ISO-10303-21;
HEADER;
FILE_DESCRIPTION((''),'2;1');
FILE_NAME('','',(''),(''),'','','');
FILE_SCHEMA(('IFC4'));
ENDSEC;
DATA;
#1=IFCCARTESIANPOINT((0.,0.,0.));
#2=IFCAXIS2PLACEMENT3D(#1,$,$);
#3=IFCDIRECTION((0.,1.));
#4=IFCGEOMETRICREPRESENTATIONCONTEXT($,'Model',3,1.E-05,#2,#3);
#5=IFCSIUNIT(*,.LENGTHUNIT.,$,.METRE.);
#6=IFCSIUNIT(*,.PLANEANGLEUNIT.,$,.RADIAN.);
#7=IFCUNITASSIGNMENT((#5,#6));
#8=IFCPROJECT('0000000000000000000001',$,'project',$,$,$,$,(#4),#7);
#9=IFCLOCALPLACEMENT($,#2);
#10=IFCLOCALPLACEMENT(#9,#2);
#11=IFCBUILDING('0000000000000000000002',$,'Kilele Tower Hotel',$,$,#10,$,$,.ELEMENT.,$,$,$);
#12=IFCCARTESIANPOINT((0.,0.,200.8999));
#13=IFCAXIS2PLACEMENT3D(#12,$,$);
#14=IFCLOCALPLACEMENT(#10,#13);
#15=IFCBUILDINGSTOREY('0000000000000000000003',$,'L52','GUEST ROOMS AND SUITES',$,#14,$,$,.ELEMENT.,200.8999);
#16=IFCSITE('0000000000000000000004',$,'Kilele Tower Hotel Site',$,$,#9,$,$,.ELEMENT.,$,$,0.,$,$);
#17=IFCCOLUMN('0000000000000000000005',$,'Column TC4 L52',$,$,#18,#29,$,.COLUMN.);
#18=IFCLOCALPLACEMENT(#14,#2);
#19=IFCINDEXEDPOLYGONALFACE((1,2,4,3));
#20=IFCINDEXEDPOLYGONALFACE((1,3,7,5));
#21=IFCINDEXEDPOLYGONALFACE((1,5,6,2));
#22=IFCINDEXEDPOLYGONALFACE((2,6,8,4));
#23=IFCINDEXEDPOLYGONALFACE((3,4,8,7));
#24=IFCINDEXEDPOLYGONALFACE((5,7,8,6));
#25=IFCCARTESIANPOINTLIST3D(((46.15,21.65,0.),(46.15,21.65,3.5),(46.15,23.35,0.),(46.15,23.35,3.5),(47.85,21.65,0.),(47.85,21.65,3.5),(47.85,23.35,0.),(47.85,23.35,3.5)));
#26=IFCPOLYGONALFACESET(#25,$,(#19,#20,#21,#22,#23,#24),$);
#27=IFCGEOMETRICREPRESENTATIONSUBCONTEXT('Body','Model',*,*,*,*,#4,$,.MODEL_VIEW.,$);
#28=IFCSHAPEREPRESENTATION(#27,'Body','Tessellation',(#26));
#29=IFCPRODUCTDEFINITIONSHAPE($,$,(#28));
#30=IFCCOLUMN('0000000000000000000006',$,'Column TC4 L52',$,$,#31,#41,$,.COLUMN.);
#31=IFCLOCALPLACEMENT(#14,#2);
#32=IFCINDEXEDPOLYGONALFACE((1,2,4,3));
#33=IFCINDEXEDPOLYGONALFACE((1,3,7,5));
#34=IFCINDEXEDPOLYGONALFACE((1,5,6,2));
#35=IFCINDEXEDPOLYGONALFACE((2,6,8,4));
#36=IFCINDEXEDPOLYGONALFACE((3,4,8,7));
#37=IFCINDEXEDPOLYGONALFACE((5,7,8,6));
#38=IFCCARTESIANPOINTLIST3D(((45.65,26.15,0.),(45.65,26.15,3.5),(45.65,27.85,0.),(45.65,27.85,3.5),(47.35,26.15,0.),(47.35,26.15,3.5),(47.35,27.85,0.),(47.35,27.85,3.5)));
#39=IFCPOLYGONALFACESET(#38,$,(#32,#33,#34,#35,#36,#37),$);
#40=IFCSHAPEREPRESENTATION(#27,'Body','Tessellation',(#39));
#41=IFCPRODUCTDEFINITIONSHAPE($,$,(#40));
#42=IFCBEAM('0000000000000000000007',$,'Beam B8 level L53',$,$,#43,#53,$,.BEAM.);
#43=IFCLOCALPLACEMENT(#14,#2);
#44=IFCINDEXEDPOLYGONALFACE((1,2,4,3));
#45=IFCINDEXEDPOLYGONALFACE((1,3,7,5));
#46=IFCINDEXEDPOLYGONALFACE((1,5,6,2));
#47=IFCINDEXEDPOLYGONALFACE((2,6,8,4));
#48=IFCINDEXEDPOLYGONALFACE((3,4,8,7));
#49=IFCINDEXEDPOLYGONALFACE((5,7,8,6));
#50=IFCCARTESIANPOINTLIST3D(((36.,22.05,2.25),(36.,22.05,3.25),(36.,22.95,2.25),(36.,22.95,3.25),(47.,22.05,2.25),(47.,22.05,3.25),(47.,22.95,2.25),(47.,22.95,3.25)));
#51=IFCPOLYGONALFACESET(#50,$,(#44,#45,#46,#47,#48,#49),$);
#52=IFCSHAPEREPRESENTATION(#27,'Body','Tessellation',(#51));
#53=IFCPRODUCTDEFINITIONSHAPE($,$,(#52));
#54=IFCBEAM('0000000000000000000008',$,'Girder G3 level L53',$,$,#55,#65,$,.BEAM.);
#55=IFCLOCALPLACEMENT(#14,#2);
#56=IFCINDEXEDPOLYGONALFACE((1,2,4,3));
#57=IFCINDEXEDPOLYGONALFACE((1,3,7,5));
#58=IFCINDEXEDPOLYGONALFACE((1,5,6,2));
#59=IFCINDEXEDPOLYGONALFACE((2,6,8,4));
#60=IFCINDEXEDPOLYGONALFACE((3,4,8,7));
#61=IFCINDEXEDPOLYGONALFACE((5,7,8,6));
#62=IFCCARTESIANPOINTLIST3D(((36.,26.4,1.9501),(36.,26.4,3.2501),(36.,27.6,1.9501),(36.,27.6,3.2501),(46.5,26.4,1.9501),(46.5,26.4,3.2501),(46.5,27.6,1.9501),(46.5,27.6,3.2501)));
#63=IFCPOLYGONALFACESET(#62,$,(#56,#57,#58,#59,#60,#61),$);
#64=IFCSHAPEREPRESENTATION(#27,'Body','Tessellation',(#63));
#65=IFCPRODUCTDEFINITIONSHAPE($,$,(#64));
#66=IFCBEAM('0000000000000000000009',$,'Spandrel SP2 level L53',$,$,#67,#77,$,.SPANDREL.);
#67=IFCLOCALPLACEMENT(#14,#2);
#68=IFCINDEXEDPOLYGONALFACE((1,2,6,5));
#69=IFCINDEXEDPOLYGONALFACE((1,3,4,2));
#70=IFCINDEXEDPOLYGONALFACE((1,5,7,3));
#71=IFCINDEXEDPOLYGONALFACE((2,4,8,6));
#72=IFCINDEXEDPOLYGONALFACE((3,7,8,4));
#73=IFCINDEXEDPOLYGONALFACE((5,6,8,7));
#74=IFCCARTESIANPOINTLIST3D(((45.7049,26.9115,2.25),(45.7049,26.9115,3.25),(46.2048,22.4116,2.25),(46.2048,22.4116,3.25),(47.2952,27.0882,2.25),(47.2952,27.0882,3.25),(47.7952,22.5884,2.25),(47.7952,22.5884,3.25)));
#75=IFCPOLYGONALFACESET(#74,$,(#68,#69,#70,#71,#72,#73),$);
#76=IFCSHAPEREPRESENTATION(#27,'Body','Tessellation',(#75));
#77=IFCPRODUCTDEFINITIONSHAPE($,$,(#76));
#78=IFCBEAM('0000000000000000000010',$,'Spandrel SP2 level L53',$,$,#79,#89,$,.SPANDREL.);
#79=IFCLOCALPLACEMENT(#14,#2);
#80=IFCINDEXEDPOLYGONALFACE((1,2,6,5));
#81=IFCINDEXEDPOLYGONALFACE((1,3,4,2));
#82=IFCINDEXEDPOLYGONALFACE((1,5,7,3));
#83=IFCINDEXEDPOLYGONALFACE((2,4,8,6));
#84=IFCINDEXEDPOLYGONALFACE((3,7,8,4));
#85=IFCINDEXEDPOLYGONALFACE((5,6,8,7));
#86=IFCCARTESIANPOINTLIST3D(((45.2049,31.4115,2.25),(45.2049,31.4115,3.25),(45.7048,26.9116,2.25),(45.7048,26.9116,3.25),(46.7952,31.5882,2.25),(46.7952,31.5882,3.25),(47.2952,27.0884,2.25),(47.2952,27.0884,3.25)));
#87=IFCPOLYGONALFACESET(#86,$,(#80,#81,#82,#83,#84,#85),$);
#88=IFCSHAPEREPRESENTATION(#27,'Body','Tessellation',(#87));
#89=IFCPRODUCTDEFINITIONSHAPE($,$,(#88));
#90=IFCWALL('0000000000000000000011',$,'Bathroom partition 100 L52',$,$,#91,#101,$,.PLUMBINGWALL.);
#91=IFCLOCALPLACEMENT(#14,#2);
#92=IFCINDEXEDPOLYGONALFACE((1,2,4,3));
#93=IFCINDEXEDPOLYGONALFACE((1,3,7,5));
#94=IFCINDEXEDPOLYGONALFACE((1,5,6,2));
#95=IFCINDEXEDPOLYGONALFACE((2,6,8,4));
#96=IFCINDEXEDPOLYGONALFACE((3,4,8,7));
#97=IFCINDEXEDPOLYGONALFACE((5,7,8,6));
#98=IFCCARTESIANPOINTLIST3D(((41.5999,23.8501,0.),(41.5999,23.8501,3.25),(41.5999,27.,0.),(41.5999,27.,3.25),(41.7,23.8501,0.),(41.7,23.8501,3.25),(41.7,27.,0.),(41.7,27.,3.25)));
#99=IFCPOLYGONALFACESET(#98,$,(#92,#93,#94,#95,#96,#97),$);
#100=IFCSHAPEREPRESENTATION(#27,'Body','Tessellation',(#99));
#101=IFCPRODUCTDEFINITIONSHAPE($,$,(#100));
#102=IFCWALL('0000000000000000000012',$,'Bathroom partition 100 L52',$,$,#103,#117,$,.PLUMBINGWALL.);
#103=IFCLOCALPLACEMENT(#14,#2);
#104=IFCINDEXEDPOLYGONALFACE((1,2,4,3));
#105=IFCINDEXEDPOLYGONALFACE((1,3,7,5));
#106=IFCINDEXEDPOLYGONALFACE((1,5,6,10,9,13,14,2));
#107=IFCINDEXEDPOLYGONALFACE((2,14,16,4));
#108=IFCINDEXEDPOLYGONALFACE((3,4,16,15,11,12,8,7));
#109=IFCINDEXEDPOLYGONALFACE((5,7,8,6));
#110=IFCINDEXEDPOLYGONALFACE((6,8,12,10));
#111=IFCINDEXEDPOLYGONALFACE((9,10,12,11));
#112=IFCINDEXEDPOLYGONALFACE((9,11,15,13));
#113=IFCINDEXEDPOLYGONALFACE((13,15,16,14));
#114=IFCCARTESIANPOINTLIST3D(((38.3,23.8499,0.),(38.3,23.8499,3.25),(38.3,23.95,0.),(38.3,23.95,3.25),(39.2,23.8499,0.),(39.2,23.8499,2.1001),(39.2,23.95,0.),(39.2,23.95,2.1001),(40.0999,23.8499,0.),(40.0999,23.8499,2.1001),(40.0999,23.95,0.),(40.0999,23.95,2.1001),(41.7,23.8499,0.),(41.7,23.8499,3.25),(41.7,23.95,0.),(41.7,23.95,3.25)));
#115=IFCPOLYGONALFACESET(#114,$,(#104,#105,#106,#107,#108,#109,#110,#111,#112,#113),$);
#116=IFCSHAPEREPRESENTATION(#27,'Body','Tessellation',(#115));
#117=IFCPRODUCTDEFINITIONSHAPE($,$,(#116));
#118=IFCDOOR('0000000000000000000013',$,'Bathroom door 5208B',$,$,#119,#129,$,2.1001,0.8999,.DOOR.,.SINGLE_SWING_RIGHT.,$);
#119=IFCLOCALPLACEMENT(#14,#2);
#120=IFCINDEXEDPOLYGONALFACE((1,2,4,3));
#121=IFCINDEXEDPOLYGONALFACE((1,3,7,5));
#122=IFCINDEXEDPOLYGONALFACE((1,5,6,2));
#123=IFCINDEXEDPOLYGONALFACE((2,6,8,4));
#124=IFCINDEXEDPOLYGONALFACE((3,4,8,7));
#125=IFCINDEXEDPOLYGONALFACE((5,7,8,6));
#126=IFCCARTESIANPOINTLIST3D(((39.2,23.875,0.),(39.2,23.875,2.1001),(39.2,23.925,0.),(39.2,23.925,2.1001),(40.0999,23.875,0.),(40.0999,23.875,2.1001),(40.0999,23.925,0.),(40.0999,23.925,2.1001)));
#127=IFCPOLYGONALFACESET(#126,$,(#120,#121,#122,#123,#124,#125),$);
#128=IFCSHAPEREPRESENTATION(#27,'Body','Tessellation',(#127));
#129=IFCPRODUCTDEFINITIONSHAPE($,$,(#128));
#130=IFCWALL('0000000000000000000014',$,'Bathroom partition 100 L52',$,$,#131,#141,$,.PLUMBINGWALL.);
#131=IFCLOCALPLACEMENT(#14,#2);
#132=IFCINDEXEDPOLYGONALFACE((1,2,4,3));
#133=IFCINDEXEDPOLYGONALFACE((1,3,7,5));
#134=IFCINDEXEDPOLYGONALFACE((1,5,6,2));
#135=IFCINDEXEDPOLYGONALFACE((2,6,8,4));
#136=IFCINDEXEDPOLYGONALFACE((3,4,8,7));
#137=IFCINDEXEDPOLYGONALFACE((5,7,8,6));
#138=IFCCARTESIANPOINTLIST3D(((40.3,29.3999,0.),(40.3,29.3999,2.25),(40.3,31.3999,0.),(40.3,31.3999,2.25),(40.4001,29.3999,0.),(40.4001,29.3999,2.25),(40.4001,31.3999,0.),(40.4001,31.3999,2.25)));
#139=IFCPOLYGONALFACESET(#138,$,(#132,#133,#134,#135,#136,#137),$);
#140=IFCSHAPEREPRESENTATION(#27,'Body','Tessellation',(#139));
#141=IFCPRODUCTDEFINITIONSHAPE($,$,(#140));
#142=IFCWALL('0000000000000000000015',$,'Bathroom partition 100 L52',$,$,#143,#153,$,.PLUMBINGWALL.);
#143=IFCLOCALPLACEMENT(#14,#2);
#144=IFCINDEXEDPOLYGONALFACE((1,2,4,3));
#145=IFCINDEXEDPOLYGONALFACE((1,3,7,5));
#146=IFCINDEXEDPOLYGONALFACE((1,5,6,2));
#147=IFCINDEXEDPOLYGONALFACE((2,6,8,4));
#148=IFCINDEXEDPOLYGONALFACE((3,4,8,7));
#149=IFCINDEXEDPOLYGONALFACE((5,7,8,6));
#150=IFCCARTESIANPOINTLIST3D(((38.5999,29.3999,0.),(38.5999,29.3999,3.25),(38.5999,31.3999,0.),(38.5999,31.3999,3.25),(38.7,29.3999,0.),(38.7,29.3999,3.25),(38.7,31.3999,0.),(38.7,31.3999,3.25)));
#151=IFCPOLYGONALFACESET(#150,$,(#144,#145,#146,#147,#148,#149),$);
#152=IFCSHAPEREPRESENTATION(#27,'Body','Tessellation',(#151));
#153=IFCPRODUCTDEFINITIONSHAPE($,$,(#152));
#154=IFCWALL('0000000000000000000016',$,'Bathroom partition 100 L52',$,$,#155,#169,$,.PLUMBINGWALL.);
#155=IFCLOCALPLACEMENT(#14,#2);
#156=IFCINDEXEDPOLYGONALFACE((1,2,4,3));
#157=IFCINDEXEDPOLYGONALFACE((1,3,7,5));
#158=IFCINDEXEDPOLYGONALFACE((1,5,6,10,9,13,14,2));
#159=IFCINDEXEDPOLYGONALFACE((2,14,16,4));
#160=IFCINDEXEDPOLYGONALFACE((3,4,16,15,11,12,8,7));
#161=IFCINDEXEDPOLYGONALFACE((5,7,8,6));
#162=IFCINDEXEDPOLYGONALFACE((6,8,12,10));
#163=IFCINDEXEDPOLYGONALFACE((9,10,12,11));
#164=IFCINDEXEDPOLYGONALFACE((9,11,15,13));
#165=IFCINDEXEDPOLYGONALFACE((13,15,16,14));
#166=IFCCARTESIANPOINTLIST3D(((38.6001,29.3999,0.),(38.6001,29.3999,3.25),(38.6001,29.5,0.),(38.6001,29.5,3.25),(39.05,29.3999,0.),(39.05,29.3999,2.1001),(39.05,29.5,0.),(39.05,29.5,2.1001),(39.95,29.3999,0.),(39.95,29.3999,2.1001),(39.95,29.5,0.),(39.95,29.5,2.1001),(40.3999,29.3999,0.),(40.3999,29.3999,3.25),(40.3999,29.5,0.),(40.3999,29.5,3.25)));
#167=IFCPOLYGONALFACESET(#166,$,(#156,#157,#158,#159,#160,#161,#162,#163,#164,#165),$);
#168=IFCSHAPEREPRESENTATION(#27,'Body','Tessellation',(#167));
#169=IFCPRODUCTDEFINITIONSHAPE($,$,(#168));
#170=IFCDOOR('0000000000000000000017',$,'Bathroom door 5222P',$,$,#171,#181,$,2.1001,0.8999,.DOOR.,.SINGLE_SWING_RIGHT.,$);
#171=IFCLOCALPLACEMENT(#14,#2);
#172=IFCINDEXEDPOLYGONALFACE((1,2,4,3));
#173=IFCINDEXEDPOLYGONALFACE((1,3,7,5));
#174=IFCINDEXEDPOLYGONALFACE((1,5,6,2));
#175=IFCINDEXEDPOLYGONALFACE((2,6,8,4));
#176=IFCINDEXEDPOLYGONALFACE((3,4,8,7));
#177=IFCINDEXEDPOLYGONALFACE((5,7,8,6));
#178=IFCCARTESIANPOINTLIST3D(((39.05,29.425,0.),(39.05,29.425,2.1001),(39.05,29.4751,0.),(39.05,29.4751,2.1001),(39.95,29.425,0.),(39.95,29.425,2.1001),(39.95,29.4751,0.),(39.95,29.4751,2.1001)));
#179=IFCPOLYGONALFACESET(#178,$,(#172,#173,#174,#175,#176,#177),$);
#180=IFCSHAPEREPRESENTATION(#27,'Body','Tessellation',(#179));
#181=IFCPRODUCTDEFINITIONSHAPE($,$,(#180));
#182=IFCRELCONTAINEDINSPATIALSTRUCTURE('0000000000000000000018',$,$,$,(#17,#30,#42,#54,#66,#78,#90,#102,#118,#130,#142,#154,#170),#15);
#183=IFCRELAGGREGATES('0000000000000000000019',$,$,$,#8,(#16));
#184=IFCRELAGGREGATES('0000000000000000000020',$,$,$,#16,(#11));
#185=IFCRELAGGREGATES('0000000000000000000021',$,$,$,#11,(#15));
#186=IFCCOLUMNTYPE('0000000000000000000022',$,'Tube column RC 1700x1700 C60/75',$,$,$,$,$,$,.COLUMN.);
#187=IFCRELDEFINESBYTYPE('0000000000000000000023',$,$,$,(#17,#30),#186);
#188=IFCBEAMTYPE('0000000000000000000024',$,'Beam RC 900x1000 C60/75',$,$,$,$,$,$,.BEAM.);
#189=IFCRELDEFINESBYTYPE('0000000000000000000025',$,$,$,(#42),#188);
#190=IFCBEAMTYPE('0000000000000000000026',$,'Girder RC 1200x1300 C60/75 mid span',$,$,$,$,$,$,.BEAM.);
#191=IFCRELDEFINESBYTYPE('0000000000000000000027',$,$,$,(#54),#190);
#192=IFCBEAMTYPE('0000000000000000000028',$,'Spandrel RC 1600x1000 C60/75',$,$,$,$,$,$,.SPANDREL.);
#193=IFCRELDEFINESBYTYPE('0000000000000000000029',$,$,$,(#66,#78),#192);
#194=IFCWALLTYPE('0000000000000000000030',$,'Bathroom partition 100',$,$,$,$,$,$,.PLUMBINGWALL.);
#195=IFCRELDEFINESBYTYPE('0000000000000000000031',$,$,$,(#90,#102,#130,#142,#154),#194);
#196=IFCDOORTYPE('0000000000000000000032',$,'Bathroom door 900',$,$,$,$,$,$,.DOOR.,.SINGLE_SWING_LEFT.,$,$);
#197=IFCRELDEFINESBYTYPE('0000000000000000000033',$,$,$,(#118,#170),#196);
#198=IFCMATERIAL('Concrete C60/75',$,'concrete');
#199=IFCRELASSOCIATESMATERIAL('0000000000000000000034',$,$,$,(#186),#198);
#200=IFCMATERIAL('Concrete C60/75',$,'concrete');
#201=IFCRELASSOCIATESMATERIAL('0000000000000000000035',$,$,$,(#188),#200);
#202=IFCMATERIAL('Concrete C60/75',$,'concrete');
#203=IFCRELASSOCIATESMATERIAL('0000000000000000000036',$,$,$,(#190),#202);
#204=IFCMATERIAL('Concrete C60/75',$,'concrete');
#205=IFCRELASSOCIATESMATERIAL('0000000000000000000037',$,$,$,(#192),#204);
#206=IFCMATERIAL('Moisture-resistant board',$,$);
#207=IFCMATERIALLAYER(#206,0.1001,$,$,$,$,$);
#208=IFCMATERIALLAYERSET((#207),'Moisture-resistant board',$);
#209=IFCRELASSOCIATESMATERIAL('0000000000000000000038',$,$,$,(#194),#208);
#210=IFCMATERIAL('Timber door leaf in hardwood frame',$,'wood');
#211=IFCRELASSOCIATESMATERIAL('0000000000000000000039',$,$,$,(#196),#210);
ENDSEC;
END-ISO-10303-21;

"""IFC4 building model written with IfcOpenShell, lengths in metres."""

from ifc_helpers import new_model, si_unit, direction, frame, frame_2d, origin, origin_2d, place, context, subcontext, project, spatial, rectangle, extrude, material, layer, layer_set, material_profile, profile_set, type_object, element, fill, save


model = new_model("IFC4")

# Units and contexts
model_context = context("Model", 3, precision=1e-05, world=origin(), true_north=direction((0.0, 1.0)))
body_context = subcontext(model_context, "Body", "Model", "MODEL_VIEW")
ifc_project = project(units=[si_unit("LENGTHUNIT", "METRE"), si_unit("PLANEANGLEUNIT", "RADIAN")], contexts=[model_context])

# Site, building, storey
site_placement = place(None, origin())
site = spatial("IfcSite", under=ifc_project, at=site_placement, Name="Kilele Tower Hotel Site", CompositionType="ELEMENT", RefElevation=0.0)
building_placement = place(site_placement, origin())
building = spatial("IfcBuilding", under=site, at=building_placement, Name="Kilele Tower Hotel", CompositionType="ELEMENT")
storey_placement = place(building_placement, frame((0.0, 0.0, 200.8999)))
storey = spatial("IfcBuildingStorey", under=building, at=storey_placement, Name="L52", Description="GUEST ROOMS AND SUITES", CompositionType="ELEMENT", Elevation=200.8999)

# Columns
ifc_material_1 = material(Name="Concrete C60/75", Category="concrete")
ifc_material_profile_1 = material_profile(ifc_material_1, rectangle(XDim=1.7, YDim=1.7, at=origin_2d()))
ifc_profile_set_1 = profile_set([ifc_material_profile_1], Name="Concrete C60/75")
column_type = type_object("IfcColumnType", Name="Tube column RC 1700x1700 C60/75", PredefinedType="COLUMN", material=ifc_profile_set_1)
for number, where, z_axis, x_axis, name in (
    (1, (47.0, 22.5, 0.0), (0.0, 0.0, 1.0), (1.0, 0.0, 0.0), "Column TC4 L52"),
    (2, (46.5, 27.0, 0.0), (0.0, 0.0, 1.0), (1.0, 0.0, 0.0), "Column TC4 L52"),
):
    element("IfcColumn", number, at=place(storey_placement, frame(where, z_axis=z_axis, x_axis=x_axis)), inside=storey, type_object=column_type, Name=name, PredefinedType="COLUMN", context=body_context, shape_type="SweptSolid", body=[
        extrude(rectangle(XDim=1.7, YDim=1.7, at=origin_2d()), origin(), (0.0, 0.0, 1.0), 3.5),
    ])

# Beams
ifc_material_2 = material(Name="Concrete C60/75", Category="concrete")
ifc_material_profile_2 = material_profile(ifc_material_2, rectangle(XDim=0.8999, YDim=1.0, at=origin_2d()))
ifc_profile_set_2 = profile_set([ifc_material_profile_2], Name="Concrete C60/75")
beam_type_1 = type_object("IfcBeamType", Name="Beam RC 900x1000 C60/75", PredefinedType="BEAM", material=ifc_profile_set_2)
beam_1_placement = place(storey_placement, frame((47.0, 22.5, 2.75), z_axis=(-1.0, 0.0, 0.0), x_axis=(0.0, -1.0, 0.0)))
element("IfcBeam", 3, at=beam_1_placement, inside=storey, type_object=beam_type_1, Name="Beam B8 level L53", PredefinedType="BEAM", context=body_context, shape_type="SweptSolid", body=[
    extrude(rectangle(XDim=0.8999, YDim=1.0, at=origin_2d()), origin(), (0.0, 0.0, 1.0), 11.0),
])
ifc_material_3 = material(Name="Concrete C60/75", Category="concrete")
ifc_material_profile_3 = material_profile(ifc_material_3, rectangle(XDim=1.2, YDim=1.3, at=origin_2d()))
ifc_profile_set_3 = profile_set([ifc_material_profile_3], Name="Concrete C60/75")
beam_type_2 = type_object("IfcBeamType", Name="Girder RC 1200x1300 C60/75 mid span", PredefinedType="BEAM", material=ifc_profile_set_3)
beam_2_placement = place(storey_placement, frame((46.5, 27.0, 2.6001), z_axis=(-1.0, 0.0, 0.0), x_axis=(0.0, -1.0, 0.0)))
element("IfcBeam", 4, at=beam_2_placement, inside=storey, type_object=beam_type_2, Name="Girder G3 level L53", PredefinedType="BEAM", context=body_context, shape_type="SweptSolid", body=[
    extrude(rectangle(XDim=1.2, YDim=1.3, at=origin_2d()), origin(), (0.0, 0.0, 1.0), 10.5),
])
ifc_material_4 = material(Name="Concrete C60/75", Category="concrete")
ifc_material_profile_4 = material_profile(ifc_material_4, rectangle(XDim=1.6001, YDim=1.0, at=origin_2d()))
ifc_profile_set_4 = profile_set([ifc_material_profile_4], Name="Concrete C60/75")
beam_type_3 = type_object("IfcBeamType", Name="Spandrel RC 1600x1000 C60/75", PredefinedType="SPANDREL", material=ifc_profile_set_4)
for number, where, z_axis, x_axis, name in (
    (5, (47.0, 22.5, 2.75), (-0.110432, 0.993884, 0.0), (-0.993884, -0.110432, 0.0), "Spandrel SP2 level L53"),
    (6, (46.5, 27.0, 2.75), (-0.110432, 0.993884, 0.0), (-0.993884, -0.110432, 0.0), "Spandrel SP2 level L53"),
):
    element("IfcBeam", number, at=place(storey_placement, frame(where, z_axis=z_axis, x_axis=x_axis)), inside=storey, type_object=beam_type_3, Name=name, PredefinedType="SPANDREL", context=body_context, shape_type="SweptSolid", body=[
        extrude(rectangle(XDim=1.6001, YDim=1.0, at=origin_2d()), origin(), (0.0, 0.0, 1.0), 4.5276),
    ])

# Wall
ifc_material_5 = material(Name="Moisture-resistant board")
ifc_layer_1 = layer(ifc_material_5, 0.1001)
ifc_layer_set_1 = layer_set([ifc_layer_1], Name="Moisture-resistant board")
wall_type_1 = type_object("IfcWallType", Name="Bathroom partition 100", PredefinedType="PLUMBINGWALL", material=ifc_layer_set_1)
wall_1_placement = place(storey_placement, frame((41.6499, 23.8501, 0.0), z_axis=(0.0, 0.0, 1.0), x_axis=(0.0, 1.0, 0.0)))
element("IfcWall", 7, at=wall_1_placement, inside=storey, type_object=wall_type_1, Name="Bathroom partition 100 L52", PredefinedType="PLUMBINGWALL", context=body_context, shape_type="SweptSolid", body=[
    extrude(rectangle(XDim=3.1499, YDim=0.1001, at=frame_2d((1.575, 0.0))), origin(), (0.0, 0.0, 1.0), 3.25),
])

# Wall, opening, door
wall_2_placement = place(storey_placement, frame((38.3, 23.8999, 0.0), z_axis=(0.0, 0.0, 1.0), x_axis=(1.0, 0.0, 0.0)))
wall_2 = element("IfcWall", 8, at=wall_2_placement, inside=storey, type_object=wall_type_1, Name="Bathroom partition 100 L52", PredefinedType="PLUMBINGWALL", context=body_context, shape_type="SweptSolid", body=[
    extrude(rectangle(XDim=3.3999, YDim=0.1001, at=frame_2d((1.7, 0.0))), origin(), (0.0, 0.0, 1.0), 3.25),
])
opening_1_placement = place(wall_2_placement, frame((1.7998, 0.0, 0.0), z_axis=(0.0, 0.0, 1.0), x_axis=(-1.0, 0.0, 0.0)))
opening_1 = element("IfcOpeningElement", 9, at=opening_1_placement, cuts=wall_2, PredefinedType="OPENING", context=body_context, shape_type="SweptSolid", body=[
    extrude(rectangle(XDim=0.8999, YDim=2.1001, at=frame_2d((0.45, 1.05))), frame((0.0, 0.0601, 0.0), z_axis=(0.0, -1.0, 0.0), x_axis=(1.0, 0.0, 0.0)), (0.0, 0.0, 1.0), 0.1201),
])
ifc_material_6 = material(Name="Timber door leaf in hardwood frame", Category="wood")
door_type_1 = type_object("IfcDoorType", Name="Bathroom door 900", OperationType="SINGLE_SWING_LEFT", PredefinedType="DOOR", material=ifc_material_6)
door_1_placement = place(opening_1_placement, origin())
door_1 = element("IfcDoor", 10, at=door_1_placement, inside=storey, type_object=door_type_1, Name="Bathroom door 5208B", OperationType="SINGLE_SWING_RIGHT", OverallHeight=2.1001, OverallWidth=0.8999, PredefinedType="DOOR", context=body_context, shape_type="SweptSolid", body=[
    extrude(rectangle(XDim=0.8999, YDim=2.1001, at=frame_2d((0.45, 1.05))), frame((0.0, 0.0249, 0.0), z_axis=(0.0, -1.0, 0.0), x_axis=(1.0, 0.0, 0.0)), (0.0, 0.0, 1.0), 0.05),
])
fill(opening_1, door_1)

# Walls
wall_3_placement = place(storey_placement, frame((40.3501, 31.3999, 0.0), z_axis=(0.0, 0.0, 1.0), x_axis=(0.0, -1.0, 0.0)))
element("IfcWall", 11, at=wall_3_placement, inside=storey, type_object=wall_type_1, Name="Bathroom partition 100 L52", PredefinedType="PLUMBINGWALL", context=body_context, shape_type="SweptSolid", body=[
    extrude(rectangle(XDim=2.0, YDim=0.1001, at=frame_2d((1.0, 0.0))), origin(), (0.0, 0.0, 1.0), 2.25),
])
wall_4_placement = place(storey_placement, frame((38.6499, 31.3999, 0.0), z_axis=(0.0, 0.0, 1.0), x_axis=(0.0, -1.0, 0.0)))
element("IfcWall", 12, at=wall_4_placement, inside=storey, type_object=wall_type_1, Name="Bathroom partition 100 L52", PredefinedType="PLUMBINGWALL", context=body_context, shape_type="SweptSolid", body=[
    extrude(rectangle(XDim=2.0, YDim=0.1001, at=frame_2d((1.0, 0.0))), origin(), (0.0, 0.0, 1.0), 3.25),
])

# Wall, opening, door
wall_5_placement = place(storey_placement, frame((38.6001, 29.45, 0.0), z_axis=(0.0, 0.0, 1.0), x_axis=(1.0, 0.0, 0.0)))
wall_5 = element("IfcWall", 13, at=wall_5_placement, inside=storey, type_object=wall_type_1, Name="Bathroom partition 100 L52", PredefinedType="PLUMBINGWALL", context=body_context, shape_type="SweptSolid", body=[
    extrude(rectangle(XDim=1.7998, YDim=0.1001, at=frame_2d((0.8999, 0.0))), origin(), (0.0, 0.0, 1.0), 3.25),
])
opening_2_placement = place(wall_5_placement, frame((1.3499, 0.0, 0.0), z_axis=(0.0, 0.0, 1.0), x_axis=(-1.0, 0.0, 0.0)))
opening_2 = element("IfcOpeningElement", 14, at=opening_2_placement, cuts=wall_5, PredefinedType="OPENING", context=body_context, shape_type="SweptSolid", body=[
    extrude(rectangle(XDim=0.8999, YDim=2.1001, at=frame_2d((0.45, 1.05))), frame((0.0, 0.0601, 0.0), z_axis=(0.0, -1.0, 0.0), x_axis=(1.0, 0.0, 0.0)), (0.0, 0.0, 1.0), 0.1201),
])
door_2_placement = place(opening_2_placement, origin())
door_2 = element("IfcDoor", 15, at=door_2_placement, inside=storey, type_object=door_type_1, Name="Bathroom door 5222P", OperationType="SINGLE_SWING_RIGHT", OverallHeight=2.1001, OverallWidth=0.8999, PredefinedType="DOOR", context=body_context, shape_type="SweptSolid", body=[
    extrude(rectangle(XDim=0.8999, YDim=2.1001, at=frame_2d((0.45, 1.05))), frame((0.0, 0.0249, 0.0), z_axis=(0.0, -1.0, 0.0), x_axis=(1.0, 0.0, 0.0)), (0.0, 0.0, 1.0), 0.05),
])
fill(opening_2, door_2)

save(model, "model.ifc")
